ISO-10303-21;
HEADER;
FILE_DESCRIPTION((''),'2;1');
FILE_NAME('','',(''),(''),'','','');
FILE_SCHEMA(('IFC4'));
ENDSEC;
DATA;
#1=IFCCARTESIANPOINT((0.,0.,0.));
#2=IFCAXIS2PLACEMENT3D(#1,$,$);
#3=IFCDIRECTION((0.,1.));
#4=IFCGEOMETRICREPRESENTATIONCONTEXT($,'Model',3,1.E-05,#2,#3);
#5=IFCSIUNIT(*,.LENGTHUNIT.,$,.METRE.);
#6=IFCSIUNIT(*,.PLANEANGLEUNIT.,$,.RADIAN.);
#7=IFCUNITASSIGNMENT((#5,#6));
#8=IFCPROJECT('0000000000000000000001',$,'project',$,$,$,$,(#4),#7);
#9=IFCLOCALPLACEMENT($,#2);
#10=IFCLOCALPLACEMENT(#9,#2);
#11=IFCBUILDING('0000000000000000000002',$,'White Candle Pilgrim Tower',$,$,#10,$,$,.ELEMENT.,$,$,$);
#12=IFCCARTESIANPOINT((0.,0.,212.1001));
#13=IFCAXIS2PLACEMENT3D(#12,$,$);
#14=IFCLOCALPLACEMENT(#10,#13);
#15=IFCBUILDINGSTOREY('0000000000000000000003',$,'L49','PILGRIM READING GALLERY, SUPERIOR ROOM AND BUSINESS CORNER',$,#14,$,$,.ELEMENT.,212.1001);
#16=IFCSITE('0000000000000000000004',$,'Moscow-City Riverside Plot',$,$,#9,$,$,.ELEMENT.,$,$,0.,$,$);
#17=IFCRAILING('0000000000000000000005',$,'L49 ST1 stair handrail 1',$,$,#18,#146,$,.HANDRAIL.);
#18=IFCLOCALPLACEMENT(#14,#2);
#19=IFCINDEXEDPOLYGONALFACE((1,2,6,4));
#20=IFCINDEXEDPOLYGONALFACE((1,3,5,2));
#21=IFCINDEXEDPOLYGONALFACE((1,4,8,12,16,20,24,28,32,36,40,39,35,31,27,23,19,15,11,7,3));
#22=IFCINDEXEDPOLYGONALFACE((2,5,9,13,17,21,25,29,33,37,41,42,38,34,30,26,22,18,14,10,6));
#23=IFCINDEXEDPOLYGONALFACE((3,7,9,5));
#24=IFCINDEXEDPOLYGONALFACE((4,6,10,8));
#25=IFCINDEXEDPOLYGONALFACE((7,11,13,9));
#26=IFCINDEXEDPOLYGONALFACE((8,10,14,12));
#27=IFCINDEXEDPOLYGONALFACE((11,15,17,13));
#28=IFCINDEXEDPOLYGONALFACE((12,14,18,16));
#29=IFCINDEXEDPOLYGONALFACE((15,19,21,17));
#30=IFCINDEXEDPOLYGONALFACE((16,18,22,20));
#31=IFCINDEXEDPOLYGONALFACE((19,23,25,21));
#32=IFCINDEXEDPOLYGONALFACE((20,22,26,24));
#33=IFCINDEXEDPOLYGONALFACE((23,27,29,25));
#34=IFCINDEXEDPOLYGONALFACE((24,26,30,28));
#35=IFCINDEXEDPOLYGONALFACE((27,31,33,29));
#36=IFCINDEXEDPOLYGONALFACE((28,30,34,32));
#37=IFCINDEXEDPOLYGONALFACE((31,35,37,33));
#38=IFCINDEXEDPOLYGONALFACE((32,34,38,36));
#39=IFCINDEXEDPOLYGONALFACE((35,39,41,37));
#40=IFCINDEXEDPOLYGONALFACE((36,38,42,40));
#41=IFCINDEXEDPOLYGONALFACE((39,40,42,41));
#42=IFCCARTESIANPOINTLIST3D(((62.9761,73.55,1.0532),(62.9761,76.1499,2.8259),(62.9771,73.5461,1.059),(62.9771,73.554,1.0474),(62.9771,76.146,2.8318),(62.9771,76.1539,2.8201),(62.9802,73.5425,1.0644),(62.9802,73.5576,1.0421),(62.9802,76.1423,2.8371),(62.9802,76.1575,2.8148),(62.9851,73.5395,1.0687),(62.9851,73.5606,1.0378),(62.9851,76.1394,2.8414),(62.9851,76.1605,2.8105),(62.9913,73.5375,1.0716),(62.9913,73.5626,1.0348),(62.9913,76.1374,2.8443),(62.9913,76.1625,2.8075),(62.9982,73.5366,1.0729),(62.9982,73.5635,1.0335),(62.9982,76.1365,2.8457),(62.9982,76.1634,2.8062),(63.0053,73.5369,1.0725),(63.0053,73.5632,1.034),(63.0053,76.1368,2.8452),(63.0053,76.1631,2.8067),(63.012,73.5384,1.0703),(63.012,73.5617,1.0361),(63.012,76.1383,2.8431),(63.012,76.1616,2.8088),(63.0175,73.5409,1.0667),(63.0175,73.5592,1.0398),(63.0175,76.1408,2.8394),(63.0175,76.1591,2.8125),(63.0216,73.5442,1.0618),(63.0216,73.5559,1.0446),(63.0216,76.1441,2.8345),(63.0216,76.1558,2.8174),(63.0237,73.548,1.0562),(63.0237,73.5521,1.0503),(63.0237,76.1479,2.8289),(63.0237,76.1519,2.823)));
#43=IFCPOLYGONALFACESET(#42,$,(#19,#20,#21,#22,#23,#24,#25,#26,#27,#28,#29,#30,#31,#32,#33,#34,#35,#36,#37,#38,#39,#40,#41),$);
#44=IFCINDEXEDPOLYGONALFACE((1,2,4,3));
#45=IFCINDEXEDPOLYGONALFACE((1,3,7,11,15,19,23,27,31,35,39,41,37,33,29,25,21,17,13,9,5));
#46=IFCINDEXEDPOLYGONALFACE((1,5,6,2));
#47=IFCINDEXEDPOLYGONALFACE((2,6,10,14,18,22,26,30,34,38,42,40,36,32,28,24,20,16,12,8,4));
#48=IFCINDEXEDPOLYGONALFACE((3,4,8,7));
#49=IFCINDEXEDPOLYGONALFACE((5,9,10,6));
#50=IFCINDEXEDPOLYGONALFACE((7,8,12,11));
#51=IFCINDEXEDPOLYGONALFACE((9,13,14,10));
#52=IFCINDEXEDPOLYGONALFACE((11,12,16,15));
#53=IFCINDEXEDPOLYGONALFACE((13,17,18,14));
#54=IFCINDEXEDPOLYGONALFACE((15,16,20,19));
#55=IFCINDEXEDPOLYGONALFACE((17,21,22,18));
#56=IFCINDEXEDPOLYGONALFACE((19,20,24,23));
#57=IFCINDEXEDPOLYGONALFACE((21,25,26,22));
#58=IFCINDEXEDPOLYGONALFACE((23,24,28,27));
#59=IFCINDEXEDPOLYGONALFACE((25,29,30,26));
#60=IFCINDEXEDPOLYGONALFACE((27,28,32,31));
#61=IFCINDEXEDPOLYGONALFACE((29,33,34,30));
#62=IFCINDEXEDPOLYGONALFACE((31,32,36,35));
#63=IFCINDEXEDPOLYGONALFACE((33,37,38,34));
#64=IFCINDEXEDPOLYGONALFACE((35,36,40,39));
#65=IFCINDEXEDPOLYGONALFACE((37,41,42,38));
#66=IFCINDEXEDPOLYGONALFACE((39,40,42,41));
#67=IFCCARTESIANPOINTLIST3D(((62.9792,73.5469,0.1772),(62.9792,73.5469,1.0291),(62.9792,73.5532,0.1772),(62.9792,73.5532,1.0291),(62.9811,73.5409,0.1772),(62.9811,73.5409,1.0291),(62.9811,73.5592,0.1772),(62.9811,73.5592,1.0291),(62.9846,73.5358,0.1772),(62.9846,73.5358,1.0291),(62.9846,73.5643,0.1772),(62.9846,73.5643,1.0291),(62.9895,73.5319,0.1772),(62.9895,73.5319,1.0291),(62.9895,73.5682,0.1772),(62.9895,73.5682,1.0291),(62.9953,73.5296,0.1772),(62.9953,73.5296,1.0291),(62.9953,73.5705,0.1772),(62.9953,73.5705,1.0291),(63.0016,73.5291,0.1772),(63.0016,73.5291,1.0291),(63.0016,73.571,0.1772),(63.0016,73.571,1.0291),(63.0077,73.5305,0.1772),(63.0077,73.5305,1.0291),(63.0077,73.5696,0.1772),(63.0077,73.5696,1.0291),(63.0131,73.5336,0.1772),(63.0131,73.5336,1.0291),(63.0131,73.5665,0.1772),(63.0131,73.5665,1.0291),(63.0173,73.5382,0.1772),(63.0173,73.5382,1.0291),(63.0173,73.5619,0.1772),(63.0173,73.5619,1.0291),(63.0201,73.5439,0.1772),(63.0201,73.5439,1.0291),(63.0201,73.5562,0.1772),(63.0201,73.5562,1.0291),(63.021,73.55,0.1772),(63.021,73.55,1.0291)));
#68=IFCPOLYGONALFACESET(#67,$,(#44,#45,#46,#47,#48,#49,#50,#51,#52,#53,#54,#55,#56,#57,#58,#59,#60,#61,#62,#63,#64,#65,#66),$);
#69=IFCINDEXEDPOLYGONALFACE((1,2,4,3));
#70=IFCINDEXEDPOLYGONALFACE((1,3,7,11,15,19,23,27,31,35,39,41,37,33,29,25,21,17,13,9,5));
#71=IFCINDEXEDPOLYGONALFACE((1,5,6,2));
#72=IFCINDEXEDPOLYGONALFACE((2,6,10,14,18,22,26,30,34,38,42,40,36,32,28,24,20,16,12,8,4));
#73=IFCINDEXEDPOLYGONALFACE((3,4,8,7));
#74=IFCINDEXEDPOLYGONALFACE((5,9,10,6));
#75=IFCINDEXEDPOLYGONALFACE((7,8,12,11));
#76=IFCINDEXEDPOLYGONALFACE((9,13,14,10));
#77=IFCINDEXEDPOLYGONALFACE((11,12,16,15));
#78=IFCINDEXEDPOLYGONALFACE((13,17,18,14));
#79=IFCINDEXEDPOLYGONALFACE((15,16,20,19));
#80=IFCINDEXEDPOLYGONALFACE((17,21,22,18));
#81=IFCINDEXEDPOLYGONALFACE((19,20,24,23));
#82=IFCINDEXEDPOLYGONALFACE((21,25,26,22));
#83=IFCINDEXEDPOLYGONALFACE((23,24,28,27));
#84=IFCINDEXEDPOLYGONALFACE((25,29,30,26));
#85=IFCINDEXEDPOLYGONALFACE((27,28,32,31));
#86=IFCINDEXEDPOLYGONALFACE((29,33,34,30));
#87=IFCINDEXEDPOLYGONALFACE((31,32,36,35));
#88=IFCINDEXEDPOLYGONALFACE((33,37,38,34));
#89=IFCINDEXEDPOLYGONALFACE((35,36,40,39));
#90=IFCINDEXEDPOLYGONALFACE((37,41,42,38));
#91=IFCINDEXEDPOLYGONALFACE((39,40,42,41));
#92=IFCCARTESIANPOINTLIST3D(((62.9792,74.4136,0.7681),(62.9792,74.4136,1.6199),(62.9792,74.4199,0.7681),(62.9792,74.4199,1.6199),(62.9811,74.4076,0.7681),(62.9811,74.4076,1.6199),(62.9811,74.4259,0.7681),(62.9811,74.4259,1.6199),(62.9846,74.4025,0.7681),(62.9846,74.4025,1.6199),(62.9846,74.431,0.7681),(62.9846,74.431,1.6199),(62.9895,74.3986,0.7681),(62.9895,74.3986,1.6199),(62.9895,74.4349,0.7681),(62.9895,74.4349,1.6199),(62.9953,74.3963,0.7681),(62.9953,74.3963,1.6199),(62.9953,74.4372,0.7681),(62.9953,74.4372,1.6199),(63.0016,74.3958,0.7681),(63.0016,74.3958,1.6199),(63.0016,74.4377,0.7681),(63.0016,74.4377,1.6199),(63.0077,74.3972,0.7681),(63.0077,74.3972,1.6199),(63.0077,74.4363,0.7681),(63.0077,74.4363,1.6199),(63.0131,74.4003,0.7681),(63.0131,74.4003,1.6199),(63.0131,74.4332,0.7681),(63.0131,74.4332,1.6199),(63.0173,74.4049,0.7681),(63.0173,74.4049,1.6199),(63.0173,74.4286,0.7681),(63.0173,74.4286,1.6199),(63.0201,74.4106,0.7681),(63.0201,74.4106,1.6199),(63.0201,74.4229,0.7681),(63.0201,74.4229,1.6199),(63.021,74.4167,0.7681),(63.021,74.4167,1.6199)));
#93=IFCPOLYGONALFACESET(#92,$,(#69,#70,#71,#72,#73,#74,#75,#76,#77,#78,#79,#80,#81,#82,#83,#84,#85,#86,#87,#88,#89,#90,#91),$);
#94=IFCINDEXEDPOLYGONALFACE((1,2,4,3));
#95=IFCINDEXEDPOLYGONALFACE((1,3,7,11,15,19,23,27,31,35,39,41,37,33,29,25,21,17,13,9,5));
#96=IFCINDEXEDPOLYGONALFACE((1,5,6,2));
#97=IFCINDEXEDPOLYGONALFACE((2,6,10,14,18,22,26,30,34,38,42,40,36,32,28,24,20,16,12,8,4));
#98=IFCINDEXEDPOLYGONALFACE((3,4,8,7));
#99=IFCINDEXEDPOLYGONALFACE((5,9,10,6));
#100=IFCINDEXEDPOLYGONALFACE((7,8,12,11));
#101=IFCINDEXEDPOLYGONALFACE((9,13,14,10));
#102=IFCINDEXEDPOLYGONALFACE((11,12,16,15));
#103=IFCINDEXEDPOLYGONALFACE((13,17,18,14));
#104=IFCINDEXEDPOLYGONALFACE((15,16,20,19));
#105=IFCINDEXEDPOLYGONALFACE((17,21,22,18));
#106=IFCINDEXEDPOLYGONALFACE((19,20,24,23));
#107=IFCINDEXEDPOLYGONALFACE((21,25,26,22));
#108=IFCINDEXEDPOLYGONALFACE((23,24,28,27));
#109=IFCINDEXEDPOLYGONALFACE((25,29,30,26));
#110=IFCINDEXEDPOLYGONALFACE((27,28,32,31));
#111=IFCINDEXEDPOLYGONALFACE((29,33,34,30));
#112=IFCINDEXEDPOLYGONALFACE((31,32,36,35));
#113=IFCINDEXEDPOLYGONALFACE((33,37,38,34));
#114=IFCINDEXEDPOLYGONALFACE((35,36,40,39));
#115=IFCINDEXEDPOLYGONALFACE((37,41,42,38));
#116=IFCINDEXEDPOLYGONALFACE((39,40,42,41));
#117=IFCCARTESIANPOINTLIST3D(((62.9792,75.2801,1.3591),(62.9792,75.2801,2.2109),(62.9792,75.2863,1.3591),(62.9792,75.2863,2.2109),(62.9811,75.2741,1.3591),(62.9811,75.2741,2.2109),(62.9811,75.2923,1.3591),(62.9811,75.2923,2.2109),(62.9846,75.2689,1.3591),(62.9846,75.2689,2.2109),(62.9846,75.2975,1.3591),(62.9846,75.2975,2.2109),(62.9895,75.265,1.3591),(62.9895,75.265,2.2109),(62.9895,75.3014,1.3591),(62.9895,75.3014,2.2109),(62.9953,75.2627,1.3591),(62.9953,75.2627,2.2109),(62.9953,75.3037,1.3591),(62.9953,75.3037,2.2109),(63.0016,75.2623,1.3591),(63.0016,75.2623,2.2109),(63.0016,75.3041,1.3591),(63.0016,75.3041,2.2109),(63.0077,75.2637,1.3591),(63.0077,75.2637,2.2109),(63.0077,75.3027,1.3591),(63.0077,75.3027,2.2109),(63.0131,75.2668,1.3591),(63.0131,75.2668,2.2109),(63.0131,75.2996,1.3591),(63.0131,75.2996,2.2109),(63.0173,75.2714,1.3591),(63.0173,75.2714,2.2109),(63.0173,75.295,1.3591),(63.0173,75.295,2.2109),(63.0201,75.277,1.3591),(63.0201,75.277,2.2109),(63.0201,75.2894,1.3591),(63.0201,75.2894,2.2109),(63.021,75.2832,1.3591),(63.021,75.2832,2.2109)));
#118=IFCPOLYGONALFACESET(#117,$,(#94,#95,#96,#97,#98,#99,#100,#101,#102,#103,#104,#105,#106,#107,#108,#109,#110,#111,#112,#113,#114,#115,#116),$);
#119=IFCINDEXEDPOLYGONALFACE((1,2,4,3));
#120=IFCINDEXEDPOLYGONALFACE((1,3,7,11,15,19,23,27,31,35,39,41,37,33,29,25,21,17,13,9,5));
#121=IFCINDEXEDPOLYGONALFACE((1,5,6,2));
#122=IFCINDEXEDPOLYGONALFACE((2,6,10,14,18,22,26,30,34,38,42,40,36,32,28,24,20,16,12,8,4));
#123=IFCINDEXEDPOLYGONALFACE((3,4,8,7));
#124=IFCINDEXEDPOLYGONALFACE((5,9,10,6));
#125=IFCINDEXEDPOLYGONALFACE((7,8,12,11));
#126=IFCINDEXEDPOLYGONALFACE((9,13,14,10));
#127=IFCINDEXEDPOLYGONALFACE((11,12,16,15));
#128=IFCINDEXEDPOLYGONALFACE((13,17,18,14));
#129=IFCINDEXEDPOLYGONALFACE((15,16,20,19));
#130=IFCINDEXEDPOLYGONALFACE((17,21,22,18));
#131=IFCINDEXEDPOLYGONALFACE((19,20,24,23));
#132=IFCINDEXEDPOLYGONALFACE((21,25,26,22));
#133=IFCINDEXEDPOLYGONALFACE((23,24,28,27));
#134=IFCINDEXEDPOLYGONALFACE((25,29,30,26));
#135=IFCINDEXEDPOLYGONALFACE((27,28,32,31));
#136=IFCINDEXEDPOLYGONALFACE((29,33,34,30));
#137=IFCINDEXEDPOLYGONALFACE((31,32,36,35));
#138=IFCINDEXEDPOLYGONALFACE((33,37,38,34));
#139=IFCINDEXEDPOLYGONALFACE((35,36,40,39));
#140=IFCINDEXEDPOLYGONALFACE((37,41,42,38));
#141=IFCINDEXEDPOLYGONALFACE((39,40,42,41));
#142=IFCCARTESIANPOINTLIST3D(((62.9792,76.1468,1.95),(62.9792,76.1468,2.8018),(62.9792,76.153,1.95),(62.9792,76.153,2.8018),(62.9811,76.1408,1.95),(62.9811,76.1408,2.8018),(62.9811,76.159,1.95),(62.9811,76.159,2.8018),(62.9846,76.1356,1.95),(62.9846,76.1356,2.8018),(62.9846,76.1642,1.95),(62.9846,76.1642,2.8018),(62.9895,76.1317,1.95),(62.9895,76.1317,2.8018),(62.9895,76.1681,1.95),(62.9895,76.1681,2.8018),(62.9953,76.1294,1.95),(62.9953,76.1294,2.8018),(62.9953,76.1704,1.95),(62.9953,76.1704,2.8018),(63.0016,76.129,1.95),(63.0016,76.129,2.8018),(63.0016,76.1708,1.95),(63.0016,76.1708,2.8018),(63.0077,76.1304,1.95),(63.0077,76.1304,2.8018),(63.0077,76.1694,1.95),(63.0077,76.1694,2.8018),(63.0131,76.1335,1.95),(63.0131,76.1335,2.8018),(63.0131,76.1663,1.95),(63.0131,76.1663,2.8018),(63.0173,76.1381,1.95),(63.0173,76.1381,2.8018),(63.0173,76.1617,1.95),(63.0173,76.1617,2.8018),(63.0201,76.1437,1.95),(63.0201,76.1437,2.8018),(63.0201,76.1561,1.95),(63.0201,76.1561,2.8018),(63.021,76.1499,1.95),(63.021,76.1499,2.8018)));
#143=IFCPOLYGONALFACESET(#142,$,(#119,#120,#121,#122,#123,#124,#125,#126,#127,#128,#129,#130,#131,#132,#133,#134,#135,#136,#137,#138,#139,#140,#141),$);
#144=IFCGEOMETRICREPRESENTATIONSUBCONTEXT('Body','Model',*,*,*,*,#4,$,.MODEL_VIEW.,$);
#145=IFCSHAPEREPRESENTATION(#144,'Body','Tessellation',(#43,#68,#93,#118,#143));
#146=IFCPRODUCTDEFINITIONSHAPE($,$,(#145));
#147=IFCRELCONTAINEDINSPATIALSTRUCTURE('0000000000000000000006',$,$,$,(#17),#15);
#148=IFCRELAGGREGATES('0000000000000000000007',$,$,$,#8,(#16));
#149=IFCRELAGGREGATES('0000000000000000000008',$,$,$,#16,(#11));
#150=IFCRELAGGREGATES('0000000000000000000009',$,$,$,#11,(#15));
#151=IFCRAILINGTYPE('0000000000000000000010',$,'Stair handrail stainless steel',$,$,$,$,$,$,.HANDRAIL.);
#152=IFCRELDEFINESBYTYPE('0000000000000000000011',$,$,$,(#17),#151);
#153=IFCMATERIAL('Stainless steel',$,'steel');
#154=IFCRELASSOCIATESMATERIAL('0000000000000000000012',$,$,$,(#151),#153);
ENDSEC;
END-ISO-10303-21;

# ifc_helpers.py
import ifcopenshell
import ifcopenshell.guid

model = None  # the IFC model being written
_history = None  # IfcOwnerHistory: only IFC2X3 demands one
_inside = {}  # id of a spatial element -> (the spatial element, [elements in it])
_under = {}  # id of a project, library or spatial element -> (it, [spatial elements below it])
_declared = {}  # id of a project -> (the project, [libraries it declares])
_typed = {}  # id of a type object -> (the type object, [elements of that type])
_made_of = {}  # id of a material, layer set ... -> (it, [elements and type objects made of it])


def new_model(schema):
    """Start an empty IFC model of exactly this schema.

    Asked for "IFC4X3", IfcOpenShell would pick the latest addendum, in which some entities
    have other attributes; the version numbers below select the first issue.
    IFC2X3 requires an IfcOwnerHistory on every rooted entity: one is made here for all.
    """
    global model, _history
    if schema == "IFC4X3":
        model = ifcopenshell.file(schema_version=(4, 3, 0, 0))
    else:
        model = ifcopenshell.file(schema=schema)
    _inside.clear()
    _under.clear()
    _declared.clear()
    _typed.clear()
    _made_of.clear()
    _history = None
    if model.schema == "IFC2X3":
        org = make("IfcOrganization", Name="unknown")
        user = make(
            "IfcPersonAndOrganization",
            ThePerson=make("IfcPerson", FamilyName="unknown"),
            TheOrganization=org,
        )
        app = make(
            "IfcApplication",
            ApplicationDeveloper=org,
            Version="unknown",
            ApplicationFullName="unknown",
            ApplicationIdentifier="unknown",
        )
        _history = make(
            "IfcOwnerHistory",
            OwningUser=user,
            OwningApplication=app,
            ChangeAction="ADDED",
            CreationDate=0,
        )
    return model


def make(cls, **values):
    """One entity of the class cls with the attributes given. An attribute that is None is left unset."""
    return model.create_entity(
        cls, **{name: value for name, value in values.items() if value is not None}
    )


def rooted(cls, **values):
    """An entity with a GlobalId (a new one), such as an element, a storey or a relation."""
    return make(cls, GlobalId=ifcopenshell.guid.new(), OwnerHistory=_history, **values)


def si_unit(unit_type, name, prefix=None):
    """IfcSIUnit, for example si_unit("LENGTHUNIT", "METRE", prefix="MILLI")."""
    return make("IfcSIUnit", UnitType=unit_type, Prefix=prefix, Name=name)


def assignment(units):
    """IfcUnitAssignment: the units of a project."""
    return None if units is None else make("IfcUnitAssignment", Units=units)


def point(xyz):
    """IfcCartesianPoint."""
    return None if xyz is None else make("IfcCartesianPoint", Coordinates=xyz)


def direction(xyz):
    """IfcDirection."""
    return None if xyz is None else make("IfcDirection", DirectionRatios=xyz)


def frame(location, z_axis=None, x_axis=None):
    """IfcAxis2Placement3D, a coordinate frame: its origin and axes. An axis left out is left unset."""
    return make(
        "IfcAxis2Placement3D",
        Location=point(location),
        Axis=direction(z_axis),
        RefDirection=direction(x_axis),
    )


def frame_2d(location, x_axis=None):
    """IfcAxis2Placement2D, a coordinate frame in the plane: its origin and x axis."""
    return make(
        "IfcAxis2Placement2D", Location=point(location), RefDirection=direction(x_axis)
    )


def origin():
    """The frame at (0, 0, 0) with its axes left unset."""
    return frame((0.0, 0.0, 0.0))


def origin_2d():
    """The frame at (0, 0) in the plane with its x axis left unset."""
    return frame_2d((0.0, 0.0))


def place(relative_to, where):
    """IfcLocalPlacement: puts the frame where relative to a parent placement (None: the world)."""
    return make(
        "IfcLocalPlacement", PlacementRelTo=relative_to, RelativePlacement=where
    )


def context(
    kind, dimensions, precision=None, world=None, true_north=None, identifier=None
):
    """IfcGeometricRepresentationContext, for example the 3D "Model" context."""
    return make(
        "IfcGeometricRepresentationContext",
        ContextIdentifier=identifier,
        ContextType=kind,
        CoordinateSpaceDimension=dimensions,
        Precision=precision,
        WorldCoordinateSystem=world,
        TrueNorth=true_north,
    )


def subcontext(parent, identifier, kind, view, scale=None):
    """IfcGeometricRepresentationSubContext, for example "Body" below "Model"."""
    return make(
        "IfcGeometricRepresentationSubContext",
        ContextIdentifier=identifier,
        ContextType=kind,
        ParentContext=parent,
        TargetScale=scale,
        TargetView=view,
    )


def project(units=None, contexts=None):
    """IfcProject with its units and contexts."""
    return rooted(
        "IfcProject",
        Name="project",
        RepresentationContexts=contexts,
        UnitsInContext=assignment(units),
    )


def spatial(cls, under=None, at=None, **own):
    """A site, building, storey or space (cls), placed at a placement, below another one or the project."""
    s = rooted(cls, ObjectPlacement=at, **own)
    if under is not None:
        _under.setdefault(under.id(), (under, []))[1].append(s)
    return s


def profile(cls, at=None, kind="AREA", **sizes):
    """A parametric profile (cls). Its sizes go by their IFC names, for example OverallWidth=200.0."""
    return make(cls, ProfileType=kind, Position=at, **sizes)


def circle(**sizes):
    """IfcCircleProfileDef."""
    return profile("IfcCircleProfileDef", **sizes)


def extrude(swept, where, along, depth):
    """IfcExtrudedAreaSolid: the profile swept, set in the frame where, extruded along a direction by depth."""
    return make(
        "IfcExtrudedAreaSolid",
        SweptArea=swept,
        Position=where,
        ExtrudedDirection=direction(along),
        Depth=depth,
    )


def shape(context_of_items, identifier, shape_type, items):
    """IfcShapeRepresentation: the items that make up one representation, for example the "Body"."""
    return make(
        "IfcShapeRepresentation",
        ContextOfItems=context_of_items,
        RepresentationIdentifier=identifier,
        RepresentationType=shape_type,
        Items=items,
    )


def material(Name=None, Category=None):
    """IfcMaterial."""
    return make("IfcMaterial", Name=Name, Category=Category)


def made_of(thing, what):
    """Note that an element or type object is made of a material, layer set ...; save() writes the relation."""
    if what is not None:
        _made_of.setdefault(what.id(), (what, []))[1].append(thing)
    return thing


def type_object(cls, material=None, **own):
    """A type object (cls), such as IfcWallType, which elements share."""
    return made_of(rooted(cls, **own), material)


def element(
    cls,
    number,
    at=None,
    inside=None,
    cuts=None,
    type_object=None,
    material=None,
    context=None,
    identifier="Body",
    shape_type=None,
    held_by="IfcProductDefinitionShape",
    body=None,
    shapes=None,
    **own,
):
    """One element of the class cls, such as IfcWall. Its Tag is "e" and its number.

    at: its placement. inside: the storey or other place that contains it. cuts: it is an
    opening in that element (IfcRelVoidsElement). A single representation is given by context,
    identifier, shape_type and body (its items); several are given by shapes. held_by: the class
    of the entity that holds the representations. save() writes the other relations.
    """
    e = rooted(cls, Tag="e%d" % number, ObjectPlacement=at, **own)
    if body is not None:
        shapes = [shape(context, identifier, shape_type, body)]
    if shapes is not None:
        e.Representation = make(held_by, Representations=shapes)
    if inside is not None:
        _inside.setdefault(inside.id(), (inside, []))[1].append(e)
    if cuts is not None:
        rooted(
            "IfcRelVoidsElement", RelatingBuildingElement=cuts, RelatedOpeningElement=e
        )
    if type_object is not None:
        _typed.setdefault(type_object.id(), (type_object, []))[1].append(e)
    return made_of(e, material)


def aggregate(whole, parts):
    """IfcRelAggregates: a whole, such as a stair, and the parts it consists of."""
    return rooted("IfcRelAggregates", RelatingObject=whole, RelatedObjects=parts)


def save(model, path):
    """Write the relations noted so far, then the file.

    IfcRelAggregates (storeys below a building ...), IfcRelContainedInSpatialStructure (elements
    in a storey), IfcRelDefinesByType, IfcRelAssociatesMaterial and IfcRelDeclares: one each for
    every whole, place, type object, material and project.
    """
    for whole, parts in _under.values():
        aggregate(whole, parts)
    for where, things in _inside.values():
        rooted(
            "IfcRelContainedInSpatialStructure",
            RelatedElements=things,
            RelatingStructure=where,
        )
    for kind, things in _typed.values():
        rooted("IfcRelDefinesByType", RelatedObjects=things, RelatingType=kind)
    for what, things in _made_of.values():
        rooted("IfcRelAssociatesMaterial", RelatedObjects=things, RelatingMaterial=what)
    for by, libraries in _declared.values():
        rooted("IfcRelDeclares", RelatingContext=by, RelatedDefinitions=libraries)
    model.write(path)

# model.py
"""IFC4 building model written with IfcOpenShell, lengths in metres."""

from ifc_helpers import new_model, si_unit, direction, frame, origin, origin_2d, place, context, subcontext, project, spatial, circle, extrude, material, type_object, element, save


model = new_model("IFC4")

# Units and contexts
model_context = context("Model", 3, precision=1e-05, world=origin(), true_north=direction((0.0, 1.0)))
body_context = subcontext(model_context, "Body", "Model", "MODEL_VIEW")
ifc_project = project(units=[si_unit("LENGTHUNIT", "METRE"), si_unit("PLANEANGLEUNIT", "RADIAN")], contexts=[model_context])

# Site, building, storey
site_placement = place(None, origin())
site = spatial("IfcSite", under=ifc_project, at=site_placement, Name="Moscow-City Riverside Plot", CompositionType="ELEMENT", RefElevation=0.0)
building_placement = place(site_placement, origin())
building = spatial("IfcBuilding", under=site, at=building_placement, Name="White Candle Pilgrim Tower", CompositionType="ELEMENT")
storey_placement = place(building_placement, frame((0.0, 0.0, 212.1001)))
storey = spatial("IfcBuildingStorey", under=building, at=storey_placement, Name="L49", Description="PILGRIM READING GALLERY, SUPERIOR ROOM AND BUSINESS CORNER", CompositionType="ELEMENT", Elevation=212.1001)

# Railing
ifc_material_1 = material(Name="Stainless steel", Category="steel")
railing_type_1 = type_object("IfcRailingType", Name="Stair handrail stainless steel", PredefinedType="HANDRAIL", material=ifc_material_1)
railing_1_placement = place(storey_placement, frame((63.0, 73.55, 0.1772)))
element("IfcRailing", 1, at=railing_1_placement, inside=storey, type_object=railing_type_1, Name="L49 ST1 stair handrail 1", PredefinedType="HANDRAIL", context=body_context, shape_type="SweptSolid", body=[
    extrude(circle(Radius=0.0239, at=origin_2d()), frame((0.0, 0.0, 0.876), z_axis=(0.0, 0.826216, 0.563354), x_axis=(-1.0, 0.0, 0.0)), (0.0, 0.0, 1.0), 3.1467),
    extrude(circle(Radius=0.021, at=origin_2d()), origin(), (0.0, 0.0, 1.0), 0.8518),
    extrude(circle(Radius=0.021, at=origin_2d()), frame((0.0, 0.8667, 0.5908)), (0.0, 0.0, 1.0), 0.8518),
    extrude(circle(Radius=0.021, at=origin_2d()), frame((0.0, 1.7332, 1.1819)), (0.0, 0.0, 1.0), 0.8518),
    extrude(circle(Radius=0.021, at=origin_2d()), frame((0.0, 2.5999, 1.7727)), (0.0, 0.0, 1.0), 0.8518),
])

save(model, "model.ifc")
